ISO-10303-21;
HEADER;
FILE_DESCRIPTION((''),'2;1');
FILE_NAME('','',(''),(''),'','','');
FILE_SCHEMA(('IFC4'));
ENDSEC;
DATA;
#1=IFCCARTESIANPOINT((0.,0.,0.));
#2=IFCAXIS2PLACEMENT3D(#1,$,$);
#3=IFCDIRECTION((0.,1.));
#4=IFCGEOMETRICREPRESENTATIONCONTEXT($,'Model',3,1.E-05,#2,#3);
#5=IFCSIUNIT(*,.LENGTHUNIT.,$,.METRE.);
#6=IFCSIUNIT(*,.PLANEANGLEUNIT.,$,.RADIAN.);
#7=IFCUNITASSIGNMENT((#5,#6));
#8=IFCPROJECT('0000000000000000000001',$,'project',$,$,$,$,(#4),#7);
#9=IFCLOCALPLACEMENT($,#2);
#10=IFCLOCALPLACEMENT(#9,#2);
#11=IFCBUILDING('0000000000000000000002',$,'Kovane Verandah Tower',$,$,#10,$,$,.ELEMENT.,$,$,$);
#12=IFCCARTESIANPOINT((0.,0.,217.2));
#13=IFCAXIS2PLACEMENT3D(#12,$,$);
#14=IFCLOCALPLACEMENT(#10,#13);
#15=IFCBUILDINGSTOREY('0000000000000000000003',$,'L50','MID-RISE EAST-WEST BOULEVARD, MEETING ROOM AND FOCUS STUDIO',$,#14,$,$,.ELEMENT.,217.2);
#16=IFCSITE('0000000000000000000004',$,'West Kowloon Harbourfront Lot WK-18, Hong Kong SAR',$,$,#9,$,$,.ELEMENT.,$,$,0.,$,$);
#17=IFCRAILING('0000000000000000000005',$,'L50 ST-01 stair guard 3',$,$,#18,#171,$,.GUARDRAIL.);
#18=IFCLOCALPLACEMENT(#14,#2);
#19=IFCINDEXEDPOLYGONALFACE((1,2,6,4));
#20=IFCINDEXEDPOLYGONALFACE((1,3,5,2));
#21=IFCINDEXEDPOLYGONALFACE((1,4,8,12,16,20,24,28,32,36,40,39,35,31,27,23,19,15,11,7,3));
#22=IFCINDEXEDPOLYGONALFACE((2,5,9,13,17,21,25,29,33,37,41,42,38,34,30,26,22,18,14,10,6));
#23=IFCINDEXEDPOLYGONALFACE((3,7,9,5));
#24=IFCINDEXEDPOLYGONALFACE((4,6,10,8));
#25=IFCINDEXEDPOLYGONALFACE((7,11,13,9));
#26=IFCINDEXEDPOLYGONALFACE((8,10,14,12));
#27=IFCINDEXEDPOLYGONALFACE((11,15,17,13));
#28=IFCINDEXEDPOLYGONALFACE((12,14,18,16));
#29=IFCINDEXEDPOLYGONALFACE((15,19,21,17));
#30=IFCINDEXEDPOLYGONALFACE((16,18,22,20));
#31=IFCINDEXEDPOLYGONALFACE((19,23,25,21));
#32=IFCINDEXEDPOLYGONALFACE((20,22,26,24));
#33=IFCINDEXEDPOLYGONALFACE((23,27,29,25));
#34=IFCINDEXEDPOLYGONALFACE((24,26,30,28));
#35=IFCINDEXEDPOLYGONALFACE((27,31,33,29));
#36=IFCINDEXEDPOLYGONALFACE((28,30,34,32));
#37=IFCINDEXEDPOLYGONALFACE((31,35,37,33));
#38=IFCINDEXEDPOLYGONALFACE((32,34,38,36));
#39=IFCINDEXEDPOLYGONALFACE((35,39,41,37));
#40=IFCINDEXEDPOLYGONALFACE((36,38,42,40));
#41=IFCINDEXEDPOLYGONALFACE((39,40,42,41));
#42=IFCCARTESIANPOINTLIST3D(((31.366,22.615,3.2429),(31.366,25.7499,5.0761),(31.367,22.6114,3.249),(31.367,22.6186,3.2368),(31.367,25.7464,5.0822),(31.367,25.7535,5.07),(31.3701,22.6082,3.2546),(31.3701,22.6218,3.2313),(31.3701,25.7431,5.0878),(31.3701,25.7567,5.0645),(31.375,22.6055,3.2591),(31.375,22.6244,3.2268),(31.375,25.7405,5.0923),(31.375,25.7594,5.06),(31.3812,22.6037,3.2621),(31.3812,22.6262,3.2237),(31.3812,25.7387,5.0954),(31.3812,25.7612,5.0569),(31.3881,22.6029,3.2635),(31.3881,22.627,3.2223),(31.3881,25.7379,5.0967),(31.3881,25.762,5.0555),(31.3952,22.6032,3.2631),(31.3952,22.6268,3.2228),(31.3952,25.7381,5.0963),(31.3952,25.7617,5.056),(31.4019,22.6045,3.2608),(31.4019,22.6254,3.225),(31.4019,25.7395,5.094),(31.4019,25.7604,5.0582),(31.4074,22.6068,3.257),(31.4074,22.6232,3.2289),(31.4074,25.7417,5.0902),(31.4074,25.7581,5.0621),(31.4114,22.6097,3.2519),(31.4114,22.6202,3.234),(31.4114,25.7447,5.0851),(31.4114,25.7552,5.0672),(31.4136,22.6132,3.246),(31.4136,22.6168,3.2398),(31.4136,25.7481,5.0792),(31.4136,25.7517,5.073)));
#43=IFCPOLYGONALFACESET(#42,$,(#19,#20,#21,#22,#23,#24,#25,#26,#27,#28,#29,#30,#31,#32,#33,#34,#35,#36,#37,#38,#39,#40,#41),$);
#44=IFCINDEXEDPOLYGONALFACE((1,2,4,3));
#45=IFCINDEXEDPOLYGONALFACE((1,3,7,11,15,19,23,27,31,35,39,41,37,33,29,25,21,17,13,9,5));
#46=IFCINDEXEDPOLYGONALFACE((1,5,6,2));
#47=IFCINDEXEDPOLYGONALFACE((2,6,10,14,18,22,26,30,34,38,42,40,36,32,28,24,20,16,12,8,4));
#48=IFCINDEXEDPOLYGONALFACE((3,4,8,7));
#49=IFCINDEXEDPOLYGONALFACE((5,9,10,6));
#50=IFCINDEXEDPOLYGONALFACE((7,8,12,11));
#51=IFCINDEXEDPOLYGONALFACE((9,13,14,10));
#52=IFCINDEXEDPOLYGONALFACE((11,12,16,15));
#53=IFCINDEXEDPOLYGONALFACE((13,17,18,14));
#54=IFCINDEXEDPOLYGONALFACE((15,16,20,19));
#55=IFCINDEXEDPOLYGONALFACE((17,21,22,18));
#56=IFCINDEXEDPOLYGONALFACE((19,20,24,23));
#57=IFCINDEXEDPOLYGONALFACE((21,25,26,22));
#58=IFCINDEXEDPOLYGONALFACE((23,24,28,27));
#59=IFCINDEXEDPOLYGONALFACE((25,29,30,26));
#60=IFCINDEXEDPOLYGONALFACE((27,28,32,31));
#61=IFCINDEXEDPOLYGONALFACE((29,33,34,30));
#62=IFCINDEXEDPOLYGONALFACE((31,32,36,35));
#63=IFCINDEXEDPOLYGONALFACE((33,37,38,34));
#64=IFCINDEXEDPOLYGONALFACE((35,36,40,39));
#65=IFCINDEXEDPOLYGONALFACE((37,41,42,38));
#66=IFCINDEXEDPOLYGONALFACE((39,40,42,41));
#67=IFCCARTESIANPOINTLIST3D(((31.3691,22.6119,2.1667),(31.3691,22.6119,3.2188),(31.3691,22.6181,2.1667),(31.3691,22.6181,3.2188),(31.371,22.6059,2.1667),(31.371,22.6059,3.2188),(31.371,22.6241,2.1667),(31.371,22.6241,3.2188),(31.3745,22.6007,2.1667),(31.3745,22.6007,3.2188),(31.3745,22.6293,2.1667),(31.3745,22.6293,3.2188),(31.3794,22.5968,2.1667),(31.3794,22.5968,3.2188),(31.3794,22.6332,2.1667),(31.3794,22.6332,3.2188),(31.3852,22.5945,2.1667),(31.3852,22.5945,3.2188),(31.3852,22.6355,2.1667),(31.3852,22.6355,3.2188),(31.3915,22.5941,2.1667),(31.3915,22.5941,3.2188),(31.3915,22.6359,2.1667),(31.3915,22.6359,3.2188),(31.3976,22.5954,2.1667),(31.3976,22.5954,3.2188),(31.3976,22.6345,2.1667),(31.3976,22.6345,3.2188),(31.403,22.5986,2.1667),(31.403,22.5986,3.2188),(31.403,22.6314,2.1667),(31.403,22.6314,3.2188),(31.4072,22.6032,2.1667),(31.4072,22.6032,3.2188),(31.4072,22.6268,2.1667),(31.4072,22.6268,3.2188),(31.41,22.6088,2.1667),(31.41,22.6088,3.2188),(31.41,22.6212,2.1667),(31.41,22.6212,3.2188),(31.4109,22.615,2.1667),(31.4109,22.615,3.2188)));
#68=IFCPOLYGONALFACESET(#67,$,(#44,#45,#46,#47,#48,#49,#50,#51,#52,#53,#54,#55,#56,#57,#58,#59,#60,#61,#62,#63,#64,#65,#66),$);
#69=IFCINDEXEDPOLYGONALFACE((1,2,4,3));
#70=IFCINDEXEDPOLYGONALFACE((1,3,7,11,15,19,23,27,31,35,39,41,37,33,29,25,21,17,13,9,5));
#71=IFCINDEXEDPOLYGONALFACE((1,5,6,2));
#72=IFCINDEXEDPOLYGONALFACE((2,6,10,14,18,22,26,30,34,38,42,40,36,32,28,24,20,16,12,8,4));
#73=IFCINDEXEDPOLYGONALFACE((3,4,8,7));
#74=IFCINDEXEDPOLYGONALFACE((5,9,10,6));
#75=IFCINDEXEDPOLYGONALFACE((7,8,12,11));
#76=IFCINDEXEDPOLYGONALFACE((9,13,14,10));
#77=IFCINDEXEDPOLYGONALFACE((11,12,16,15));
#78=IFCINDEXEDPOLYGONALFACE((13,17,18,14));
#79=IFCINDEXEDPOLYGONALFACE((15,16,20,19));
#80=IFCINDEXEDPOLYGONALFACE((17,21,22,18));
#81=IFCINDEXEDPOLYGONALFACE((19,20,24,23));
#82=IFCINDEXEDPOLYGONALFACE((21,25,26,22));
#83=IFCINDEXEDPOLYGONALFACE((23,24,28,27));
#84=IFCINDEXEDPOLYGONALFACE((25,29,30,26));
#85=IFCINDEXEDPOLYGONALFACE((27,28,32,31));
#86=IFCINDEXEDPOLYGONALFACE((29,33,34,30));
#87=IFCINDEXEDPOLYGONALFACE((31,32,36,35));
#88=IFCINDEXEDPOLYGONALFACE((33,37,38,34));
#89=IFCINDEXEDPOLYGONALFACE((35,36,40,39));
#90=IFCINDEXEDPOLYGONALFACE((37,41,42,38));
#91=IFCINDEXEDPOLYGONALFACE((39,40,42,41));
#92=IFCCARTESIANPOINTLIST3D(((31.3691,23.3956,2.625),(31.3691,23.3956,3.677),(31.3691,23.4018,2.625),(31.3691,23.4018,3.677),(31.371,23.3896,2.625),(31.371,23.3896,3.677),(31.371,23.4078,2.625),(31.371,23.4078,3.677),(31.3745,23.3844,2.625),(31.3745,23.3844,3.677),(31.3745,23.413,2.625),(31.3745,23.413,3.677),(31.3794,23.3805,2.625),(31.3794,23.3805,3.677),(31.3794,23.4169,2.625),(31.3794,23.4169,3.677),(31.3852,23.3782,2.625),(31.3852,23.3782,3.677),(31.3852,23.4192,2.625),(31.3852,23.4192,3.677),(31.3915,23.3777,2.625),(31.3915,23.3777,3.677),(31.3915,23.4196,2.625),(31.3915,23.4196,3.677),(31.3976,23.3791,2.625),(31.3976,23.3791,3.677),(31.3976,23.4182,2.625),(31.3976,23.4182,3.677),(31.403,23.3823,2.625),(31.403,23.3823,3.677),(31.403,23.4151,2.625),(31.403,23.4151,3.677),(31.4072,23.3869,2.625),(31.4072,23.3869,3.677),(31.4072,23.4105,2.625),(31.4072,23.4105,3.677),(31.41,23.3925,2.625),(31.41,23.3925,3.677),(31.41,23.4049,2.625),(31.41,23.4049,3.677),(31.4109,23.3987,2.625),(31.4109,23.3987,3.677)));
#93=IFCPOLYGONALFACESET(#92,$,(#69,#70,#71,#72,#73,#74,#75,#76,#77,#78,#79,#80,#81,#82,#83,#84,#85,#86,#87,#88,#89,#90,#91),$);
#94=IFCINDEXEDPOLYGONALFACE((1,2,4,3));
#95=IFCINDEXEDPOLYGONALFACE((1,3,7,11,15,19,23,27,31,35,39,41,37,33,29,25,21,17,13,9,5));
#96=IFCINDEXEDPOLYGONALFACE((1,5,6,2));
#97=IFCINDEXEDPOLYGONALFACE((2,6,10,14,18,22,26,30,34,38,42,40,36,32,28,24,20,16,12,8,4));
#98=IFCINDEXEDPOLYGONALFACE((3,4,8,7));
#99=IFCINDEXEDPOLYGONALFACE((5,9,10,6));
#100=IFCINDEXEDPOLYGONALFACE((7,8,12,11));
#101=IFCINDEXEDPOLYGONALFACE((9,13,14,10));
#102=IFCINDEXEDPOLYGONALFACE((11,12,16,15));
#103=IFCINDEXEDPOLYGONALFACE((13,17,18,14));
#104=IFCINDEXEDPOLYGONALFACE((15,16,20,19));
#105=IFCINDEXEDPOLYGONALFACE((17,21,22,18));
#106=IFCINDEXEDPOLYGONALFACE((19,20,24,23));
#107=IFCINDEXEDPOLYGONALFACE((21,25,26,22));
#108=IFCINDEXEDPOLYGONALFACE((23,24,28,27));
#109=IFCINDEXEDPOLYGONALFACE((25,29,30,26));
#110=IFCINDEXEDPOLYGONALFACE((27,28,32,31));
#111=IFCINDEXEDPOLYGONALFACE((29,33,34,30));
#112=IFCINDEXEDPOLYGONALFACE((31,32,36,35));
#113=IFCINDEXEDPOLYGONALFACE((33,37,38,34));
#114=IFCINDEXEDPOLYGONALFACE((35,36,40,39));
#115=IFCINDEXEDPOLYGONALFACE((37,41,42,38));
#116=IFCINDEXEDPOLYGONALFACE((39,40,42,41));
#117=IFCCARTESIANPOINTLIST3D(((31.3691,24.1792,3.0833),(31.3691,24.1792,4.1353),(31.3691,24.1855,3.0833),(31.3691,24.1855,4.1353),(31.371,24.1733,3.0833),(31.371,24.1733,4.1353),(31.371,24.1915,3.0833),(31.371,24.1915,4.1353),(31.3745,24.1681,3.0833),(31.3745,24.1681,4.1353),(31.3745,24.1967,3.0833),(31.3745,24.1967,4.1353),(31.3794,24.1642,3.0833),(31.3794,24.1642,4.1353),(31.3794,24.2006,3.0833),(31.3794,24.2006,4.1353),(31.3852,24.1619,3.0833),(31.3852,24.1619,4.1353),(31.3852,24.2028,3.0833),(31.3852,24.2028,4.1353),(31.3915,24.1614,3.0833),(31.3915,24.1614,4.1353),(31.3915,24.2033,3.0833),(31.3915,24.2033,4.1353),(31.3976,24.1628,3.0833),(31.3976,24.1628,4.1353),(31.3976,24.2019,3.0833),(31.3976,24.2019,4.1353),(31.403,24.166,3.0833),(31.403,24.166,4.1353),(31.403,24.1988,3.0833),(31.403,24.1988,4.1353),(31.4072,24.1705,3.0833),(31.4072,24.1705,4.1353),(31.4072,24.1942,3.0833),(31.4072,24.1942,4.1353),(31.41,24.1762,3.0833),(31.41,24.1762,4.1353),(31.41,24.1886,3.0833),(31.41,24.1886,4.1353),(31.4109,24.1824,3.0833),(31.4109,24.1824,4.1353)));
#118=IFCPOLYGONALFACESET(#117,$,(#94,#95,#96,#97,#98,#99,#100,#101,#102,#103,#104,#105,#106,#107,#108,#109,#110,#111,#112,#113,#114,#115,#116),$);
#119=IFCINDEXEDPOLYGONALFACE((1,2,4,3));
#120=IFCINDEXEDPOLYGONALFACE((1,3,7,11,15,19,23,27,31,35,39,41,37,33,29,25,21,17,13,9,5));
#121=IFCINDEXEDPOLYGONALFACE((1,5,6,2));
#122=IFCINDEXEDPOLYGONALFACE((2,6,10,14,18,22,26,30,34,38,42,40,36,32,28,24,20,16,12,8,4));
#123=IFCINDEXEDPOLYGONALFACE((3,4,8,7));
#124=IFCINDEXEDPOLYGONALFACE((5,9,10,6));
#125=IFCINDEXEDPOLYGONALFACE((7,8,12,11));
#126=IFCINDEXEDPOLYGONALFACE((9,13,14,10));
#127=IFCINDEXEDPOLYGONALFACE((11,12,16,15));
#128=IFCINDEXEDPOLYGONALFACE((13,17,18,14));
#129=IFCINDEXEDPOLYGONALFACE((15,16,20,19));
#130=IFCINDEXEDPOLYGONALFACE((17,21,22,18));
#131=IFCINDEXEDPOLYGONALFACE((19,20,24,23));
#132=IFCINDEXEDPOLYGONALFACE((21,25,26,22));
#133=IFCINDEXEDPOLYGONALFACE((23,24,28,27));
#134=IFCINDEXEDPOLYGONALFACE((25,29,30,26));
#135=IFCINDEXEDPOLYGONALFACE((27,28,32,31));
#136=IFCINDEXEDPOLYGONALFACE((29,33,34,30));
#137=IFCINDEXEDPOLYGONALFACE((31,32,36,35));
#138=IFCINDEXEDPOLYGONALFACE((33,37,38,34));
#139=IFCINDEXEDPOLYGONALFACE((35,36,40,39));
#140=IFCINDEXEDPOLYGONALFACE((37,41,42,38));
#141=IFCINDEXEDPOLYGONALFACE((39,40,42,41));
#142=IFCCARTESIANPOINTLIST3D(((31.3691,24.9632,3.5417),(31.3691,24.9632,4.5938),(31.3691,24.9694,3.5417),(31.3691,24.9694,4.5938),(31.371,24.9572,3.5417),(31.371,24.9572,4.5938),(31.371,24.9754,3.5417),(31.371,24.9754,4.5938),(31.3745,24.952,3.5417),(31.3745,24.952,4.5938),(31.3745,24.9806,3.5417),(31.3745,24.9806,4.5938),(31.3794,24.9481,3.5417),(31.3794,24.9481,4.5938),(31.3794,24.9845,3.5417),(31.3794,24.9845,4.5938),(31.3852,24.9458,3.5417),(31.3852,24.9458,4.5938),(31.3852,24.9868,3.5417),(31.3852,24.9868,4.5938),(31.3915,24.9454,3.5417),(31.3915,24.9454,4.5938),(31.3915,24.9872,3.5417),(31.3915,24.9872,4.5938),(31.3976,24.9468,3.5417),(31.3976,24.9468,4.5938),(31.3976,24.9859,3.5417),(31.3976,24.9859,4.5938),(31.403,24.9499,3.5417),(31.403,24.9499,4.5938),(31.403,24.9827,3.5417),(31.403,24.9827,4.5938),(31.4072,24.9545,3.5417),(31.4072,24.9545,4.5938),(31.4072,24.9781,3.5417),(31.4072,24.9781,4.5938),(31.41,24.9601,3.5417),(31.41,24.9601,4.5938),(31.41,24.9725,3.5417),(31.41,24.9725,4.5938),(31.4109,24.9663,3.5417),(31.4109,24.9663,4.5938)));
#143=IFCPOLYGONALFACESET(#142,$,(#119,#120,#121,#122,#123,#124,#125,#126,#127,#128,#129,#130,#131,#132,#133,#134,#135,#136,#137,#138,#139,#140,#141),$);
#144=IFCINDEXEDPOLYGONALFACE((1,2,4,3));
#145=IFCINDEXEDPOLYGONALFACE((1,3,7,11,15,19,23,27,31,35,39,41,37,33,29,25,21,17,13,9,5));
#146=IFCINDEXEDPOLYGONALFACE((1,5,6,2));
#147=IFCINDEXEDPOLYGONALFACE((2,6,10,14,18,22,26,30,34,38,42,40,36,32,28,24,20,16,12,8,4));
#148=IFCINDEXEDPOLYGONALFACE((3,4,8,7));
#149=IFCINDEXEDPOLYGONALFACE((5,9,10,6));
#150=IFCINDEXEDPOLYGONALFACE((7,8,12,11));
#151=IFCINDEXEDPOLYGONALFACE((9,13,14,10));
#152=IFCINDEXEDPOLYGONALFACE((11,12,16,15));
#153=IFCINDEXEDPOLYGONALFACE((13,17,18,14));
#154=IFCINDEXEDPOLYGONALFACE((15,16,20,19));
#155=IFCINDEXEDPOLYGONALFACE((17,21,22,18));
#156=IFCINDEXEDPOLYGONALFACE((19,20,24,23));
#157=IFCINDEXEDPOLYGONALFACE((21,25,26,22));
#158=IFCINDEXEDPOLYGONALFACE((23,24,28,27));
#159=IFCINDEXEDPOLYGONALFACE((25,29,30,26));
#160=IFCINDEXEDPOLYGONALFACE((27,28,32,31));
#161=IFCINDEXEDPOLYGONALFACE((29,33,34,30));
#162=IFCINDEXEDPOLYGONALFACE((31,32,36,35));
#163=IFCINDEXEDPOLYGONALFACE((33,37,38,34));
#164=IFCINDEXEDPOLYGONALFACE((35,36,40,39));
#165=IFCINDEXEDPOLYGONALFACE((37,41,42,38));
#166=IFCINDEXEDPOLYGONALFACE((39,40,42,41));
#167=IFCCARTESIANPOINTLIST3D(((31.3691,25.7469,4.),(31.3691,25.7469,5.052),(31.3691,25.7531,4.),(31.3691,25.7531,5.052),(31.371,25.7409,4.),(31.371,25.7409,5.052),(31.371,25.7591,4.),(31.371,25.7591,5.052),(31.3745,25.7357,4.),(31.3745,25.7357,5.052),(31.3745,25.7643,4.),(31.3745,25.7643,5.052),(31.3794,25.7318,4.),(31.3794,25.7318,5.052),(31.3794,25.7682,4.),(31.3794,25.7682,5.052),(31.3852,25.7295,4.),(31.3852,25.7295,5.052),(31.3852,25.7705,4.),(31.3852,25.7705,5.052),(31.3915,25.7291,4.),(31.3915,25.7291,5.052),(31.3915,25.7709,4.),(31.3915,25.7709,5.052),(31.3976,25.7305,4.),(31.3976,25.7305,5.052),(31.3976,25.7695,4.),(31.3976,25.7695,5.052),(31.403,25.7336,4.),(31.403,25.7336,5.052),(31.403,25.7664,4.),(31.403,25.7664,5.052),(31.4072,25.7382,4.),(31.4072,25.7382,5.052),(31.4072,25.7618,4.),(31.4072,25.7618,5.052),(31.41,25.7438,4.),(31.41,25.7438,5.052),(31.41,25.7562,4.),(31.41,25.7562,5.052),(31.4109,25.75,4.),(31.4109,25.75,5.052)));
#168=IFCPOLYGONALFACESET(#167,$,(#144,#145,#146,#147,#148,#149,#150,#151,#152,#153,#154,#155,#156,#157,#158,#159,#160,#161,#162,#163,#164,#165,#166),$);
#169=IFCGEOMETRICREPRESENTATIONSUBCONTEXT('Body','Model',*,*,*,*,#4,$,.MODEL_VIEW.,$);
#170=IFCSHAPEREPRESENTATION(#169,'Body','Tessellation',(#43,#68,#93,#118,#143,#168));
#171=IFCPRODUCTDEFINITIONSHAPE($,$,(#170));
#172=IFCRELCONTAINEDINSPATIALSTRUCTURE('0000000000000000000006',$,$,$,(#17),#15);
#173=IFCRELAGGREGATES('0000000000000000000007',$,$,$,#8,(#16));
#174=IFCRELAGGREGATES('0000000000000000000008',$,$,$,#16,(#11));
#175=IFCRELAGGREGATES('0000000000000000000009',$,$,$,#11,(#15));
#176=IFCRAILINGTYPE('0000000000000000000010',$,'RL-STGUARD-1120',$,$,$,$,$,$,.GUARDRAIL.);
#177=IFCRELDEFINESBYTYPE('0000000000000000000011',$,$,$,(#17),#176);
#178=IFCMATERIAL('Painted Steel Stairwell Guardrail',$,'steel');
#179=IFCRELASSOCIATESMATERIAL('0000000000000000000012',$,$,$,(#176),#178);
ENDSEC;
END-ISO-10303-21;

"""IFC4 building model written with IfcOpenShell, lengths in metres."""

from ifc_helpers import new_model, si_unit, direction, frame, origin, origin_2d, place, context, subcontext, project, spatial, circle, extrude, material, type_object, element, save


model = new_model("IFC4")

# Units and contexts
model_context = context("Model", 3, precision=1e-05, world=origin(), true_north=direction((0.0, 1.0)))
body_context = subcontext(model_context, "Body", "Model", "MODEL_VIEW")
ifc_project = project(units=[si_unit("LENGTHUNIT", "METRE"), si_unit("PLANEANGLEUNIT", "RADIAN")], contexts=[model_context])

# Site, building, storey
site_placement = place(None, origin())
site = spatial("IfcSite", under=ifc_project, at=site_placement, Name="West Kowloon Harbourfront Lot WK-18, Hong Kong SAR", CompositionType="ELEMENT", RefElevation=0.0)
building_placement = place(site_placement, origin())
building = spatial("IfcBuilding", under=site, at=building_placement, Name="Kovane Verandah Tower", CompositionType="ELEMENT")
storey_placement = place(building_placement, frame((0.0, 0.0, 217.2)))
storey = spatial("IfcBuildingStorey", under=building, at=storey_placement, Name="L50", Description="MID-RISE EAST-WEST BOULEVARD, MEETING ROOM AND FOCUS STUDIO", CompositionType="ELEMENT", Elevation=217.2)

# Railing
ifc_material_1 = material(Name="Painted Steel Stairwell Guardrail", Category="steel")
railing_type_1 = type_object("IfcRailingType", Name="RL-STGUARD-1120", PredefinedType="GUARDRAIL", material=ifc_material_1)
railing_1_placement = place(storey_placement, frame((31.3899, 22.615, 2.1667)))
element("IfcRailing", 1, at=railing_1_placement, inside=storey, type_object=railing_type_1, Name="L50 ST-01 stair guard 3", PredefinedType="GUARDRAIL", context=body_context, shape_type="SweptSolid", body=[
    extrude(circle(Radius=0.0239, at=origin_2d()), frame((0.0, 0.0, 1.0762), z_axis=(0.0, 0.86324, 0.504794), x_axis=(-1.0, 0.0, 0.0)), (0.0, 0.0, 1.0), 3.6316),
    extrude(circle(Radius=0.021, at=origin_2d()), origin(), (0.0, 0.0, 1.0), 1.052),
    extrude(circle(Radius=0.021, at=origin_2d()), frame((0.0, 0.7837, 0.4583)), (0.0, 0.0, 1.0), 1.052),
    extrude(circle(Radius=0.021, at=origin_2d()), frame((0.0, 1.5674, 0.9165)), (0.0, 0.0, 1.0), 1.052),
    extrude(circle(Radius=0.021, at=origin_2d()), frame((0.0, 2.3513, 1.375)), (0.0, 0.0, 1.0), 1.052),
    extrude(circle(Radius=0.021, at=origin_2d()), frame((0.0, 3.135, 1.8333)), (0.0, 0.0, 1.0), 1.052),
])

save(model, "model.ifc")
